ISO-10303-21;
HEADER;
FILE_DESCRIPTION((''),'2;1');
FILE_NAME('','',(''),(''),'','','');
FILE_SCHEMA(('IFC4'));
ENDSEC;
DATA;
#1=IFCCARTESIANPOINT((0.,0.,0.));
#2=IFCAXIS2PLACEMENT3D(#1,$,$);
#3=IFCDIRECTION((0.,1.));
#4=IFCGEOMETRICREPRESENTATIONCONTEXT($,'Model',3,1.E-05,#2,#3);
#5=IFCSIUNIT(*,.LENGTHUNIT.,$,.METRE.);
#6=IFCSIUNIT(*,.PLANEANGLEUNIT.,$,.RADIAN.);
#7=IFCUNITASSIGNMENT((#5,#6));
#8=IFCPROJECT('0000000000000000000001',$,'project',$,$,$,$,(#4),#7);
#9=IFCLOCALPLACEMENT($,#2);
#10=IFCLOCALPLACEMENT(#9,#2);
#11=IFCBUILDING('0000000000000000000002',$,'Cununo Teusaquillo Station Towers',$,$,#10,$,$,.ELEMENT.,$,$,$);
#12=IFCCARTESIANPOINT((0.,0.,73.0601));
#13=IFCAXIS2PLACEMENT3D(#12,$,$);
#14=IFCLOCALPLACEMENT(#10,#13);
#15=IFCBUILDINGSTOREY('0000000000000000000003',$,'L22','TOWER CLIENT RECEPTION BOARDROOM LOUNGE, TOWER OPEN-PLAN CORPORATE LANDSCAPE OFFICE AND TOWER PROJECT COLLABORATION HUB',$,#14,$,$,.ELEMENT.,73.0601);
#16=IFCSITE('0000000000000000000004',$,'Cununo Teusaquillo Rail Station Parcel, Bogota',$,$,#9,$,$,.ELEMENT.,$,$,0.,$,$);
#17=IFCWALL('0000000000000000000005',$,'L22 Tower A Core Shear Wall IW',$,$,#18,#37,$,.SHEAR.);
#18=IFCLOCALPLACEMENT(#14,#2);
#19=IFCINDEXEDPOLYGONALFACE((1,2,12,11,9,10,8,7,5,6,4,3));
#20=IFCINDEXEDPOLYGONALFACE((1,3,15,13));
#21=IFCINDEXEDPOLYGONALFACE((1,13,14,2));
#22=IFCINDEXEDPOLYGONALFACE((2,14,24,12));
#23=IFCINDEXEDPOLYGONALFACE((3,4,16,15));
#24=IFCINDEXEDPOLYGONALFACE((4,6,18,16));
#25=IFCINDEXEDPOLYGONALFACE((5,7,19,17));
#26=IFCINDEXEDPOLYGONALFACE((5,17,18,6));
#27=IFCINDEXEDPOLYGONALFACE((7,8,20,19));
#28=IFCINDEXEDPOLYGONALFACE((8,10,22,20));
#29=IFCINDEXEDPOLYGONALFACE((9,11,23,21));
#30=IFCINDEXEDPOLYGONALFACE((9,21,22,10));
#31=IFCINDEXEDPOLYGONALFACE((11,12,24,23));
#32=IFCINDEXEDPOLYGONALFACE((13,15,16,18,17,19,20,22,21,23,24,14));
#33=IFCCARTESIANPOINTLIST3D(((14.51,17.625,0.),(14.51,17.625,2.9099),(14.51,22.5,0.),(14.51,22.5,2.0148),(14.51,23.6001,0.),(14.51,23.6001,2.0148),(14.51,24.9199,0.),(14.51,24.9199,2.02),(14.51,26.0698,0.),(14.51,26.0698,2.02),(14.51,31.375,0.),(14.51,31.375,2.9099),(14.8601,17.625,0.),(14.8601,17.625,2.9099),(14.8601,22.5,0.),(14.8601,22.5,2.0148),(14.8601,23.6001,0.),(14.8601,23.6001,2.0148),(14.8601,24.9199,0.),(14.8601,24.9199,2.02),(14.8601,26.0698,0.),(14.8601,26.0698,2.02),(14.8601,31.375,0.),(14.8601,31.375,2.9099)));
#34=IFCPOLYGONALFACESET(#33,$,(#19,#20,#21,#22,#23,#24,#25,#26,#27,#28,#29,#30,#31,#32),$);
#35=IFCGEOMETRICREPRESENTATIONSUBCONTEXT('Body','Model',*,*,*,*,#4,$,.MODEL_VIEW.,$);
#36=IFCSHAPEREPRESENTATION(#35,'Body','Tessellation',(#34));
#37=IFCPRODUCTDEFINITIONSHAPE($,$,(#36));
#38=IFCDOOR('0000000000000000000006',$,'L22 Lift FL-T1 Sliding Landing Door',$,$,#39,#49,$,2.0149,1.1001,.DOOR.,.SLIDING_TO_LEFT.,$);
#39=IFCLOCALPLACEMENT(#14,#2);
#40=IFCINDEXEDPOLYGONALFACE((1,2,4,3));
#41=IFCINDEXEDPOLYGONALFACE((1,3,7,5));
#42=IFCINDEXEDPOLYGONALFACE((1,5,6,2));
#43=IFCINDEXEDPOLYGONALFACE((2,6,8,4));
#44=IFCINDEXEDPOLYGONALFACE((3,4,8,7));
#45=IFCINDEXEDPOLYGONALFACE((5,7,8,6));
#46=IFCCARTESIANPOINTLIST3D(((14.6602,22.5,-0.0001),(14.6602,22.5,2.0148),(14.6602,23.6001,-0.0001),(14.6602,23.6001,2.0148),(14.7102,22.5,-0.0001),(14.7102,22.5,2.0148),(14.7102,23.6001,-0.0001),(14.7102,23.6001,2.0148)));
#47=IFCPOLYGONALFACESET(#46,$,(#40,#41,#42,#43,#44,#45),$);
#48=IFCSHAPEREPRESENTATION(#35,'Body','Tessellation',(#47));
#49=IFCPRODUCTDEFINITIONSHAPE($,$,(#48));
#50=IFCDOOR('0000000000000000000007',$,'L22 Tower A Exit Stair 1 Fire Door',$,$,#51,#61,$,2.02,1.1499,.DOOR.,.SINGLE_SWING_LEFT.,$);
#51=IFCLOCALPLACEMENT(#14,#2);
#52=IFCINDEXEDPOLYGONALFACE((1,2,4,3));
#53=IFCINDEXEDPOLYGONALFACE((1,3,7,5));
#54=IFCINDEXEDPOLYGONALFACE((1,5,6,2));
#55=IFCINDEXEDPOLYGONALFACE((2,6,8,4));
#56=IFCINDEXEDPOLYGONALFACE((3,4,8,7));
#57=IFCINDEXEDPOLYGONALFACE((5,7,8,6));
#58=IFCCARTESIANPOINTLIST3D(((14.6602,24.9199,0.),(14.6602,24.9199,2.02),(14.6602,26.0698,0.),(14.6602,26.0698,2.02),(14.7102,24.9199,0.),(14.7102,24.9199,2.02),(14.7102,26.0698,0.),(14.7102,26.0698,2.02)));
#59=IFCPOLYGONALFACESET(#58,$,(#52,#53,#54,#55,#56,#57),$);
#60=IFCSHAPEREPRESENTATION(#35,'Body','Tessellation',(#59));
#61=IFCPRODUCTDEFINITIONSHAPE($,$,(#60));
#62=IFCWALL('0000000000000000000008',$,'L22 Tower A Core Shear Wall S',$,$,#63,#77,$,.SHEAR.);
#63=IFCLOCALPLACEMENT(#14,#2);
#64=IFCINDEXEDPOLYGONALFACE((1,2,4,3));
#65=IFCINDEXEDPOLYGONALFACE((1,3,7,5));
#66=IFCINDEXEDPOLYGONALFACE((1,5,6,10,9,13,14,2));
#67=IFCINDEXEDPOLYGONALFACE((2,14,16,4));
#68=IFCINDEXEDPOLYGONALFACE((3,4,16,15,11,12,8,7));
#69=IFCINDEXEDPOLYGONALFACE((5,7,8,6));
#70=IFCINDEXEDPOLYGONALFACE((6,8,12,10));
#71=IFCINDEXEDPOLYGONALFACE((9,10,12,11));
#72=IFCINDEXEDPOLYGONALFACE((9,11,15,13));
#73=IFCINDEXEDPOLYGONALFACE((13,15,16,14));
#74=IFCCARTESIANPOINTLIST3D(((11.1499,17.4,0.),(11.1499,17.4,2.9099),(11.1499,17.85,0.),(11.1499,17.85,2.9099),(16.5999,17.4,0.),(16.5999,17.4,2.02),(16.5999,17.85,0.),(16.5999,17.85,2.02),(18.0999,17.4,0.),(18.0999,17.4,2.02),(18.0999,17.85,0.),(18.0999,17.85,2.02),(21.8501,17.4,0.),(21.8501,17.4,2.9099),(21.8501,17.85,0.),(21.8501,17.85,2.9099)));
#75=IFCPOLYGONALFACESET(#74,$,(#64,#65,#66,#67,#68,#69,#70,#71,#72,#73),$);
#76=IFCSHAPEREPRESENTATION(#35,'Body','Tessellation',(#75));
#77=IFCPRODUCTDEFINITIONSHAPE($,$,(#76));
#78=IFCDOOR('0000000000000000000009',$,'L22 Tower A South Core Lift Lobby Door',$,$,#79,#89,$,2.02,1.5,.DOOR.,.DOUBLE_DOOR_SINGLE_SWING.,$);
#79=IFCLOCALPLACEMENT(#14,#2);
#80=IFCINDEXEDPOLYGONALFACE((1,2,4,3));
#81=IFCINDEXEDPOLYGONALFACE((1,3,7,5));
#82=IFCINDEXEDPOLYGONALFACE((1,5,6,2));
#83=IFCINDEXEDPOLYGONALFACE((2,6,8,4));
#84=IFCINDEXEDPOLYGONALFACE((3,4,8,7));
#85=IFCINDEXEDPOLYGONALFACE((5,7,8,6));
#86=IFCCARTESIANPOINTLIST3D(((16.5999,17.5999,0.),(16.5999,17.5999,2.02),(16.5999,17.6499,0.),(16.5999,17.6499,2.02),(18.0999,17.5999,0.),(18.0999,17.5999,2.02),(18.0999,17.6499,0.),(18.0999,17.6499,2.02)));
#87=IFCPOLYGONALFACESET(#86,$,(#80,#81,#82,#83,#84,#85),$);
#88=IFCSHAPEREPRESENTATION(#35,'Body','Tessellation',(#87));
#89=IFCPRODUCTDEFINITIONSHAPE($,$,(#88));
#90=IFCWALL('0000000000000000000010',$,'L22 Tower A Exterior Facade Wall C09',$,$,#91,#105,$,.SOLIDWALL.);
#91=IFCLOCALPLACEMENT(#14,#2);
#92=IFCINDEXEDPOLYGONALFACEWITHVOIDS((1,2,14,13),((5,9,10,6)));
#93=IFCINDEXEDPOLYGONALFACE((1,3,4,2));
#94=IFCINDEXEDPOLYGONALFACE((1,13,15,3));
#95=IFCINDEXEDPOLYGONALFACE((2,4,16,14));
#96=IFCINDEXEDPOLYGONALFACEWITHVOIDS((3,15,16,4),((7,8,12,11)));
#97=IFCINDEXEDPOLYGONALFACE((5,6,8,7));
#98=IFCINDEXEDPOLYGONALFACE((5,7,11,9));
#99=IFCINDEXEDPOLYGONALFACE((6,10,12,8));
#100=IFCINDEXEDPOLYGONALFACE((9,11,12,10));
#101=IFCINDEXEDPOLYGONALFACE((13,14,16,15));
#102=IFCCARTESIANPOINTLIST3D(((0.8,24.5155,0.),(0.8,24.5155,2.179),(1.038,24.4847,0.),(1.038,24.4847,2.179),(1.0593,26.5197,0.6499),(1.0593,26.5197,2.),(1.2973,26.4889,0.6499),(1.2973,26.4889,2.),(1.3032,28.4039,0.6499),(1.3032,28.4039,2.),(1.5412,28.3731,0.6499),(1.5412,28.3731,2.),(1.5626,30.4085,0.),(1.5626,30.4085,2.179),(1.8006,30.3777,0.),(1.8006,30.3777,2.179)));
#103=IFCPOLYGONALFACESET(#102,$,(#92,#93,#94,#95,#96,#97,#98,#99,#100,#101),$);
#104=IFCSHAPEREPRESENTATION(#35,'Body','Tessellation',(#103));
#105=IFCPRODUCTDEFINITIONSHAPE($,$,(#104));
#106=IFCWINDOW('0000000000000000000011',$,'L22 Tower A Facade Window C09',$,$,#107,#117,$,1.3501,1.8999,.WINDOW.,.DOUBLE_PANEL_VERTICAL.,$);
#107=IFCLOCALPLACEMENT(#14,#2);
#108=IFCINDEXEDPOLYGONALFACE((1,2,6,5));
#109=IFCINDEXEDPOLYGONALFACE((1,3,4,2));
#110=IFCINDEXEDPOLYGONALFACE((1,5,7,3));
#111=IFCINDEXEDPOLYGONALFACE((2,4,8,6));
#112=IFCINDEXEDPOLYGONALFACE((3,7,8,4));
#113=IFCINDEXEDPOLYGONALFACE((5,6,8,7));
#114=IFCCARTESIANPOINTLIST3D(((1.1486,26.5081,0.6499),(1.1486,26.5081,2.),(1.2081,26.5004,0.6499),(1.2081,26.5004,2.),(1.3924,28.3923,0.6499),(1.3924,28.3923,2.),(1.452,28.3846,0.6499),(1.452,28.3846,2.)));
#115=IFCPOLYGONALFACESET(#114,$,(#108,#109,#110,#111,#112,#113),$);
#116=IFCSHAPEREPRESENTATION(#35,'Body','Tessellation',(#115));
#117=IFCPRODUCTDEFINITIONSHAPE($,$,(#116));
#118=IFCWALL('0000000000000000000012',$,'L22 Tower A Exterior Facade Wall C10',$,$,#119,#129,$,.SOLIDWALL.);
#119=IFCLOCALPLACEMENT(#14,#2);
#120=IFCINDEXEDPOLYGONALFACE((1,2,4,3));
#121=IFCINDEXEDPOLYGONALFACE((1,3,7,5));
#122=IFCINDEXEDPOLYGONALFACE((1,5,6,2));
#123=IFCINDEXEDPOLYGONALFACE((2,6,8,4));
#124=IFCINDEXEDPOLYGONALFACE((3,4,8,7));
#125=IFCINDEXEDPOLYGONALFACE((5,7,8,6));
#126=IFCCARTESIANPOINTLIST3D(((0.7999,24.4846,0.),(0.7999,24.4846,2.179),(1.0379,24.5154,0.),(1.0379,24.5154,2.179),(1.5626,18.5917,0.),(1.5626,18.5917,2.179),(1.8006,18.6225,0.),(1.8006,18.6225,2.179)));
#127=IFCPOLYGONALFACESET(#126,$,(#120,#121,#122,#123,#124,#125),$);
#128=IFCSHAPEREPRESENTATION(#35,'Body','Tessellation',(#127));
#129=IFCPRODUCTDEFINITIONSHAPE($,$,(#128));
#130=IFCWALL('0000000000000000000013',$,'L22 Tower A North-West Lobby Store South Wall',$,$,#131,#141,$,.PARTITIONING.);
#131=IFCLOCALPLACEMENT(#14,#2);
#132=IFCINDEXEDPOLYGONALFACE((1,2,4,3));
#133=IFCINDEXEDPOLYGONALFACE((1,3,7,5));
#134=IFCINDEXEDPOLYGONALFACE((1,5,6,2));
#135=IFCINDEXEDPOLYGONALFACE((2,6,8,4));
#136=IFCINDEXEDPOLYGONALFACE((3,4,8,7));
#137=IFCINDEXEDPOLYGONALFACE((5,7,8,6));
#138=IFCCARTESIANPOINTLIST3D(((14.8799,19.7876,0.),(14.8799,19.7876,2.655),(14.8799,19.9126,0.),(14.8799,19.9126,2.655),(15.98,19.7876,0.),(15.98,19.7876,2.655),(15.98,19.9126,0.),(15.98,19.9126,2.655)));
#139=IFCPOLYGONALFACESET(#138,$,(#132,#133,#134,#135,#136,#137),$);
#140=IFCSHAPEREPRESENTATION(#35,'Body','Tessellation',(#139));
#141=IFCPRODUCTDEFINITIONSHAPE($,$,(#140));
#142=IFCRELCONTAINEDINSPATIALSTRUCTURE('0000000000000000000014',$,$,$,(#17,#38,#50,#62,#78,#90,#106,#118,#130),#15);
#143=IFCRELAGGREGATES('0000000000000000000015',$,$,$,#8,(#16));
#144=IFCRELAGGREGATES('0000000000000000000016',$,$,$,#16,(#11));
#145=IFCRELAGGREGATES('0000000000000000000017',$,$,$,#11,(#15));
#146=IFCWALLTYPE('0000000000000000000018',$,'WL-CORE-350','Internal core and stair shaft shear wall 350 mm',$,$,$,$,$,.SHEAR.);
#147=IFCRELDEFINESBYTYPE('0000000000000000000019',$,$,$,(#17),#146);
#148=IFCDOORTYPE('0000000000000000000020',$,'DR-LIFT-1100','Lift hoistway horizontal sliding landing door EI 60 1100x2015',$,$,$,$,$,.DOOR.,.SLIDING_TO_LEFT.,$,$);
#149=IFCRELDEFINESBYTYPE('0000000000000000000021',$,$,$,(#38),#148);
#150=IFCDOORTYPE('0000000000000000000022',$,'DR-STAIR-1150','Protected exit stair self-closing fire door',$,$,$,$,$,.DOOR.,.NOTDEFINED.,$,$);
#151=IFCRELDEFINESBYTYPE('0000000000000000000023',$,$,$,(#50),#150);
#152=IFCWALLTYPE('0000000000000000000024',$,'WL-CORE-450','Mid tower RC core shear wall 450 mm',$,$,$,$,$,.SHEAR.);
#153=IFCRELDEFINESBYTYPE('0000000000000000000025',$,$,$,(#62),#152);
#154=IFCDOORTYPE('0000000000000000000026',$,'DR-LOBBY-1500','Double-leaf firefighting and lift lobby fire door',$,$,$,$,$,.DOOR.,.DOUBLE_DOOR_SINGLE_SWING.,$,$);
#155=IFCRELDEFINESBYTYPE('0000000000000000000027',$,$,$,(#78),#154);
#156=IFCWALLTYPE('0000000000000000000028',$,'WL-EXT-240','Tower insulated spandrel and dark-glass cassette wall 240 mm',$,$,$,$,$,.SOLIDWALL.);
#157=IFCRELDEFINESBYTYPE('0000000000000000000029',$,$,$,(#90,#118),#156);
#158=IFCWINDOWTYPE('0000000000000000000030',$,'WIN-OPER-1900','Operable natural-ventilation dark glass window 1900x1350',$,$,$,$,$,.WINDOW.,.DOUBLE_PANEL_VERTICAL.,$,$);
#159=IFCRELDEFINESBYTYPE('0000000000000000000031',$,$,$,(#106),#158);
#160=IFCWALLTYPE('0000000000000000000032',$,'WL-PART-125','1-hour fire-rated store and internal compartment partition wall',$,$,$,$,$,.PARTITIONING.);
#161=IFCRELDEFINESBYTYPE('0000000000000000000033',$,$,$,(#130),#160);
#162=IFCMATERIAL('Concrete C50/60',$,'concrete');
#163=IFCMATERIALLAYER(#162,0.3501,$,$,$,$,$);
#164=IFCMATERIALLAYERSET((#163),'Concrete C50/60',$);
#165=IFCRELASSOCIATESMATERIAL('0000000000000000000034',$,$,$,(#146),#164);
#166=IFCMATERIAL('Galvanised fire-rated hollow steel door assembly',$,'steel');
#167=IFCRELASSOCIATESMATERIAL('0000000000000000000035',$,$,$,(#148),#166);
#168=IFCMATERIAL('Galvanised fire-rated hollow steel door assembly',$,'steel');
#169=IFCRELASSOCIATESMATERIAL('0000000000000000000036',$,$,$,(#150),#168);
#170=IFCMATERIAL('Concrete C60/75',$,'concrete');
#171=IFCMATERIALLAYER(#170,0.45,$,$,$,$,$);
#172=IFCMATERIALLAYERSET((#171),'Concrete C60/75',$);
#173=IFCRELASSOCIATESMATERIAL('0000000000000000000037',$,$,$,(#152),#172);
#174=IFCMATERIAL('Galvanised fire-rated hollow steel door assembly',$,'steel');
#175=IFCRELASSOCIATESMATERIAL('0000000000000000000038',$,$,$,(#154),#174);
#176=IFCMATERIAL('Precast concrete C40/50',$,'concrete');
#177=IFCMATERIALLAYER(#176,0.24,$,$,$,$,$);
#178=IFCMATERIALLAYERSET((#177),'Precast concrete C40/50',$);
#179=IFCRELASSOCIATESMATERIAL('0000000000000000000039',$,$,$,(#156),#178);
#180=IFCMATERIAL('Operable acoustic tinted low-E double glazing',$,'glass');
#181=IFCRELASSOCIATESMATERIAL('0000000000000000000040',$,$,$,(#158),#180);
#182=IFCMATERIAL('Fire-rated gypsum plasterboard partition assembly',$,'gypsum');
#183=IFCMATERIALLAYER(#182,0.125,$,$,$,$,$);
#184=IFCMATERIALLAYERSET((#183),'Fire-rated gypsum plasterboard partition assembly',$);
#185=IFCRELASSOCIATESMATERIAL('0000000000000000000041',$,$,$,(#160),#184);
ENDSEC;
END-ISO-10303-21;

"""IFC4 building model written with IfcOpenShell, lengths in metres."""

from ifc_helpers import new_model, si_unit, direction, frame, frame_2d, origin, place, context, subcontext, project, spatial, rectangle, extrude, source, transform, mapped, material, layer, layer_set, type_object, element, fill, save


model = new_model("IFC4")

# Units and contexts
model_context = context("Model", 3, precision=1e-05, world=origin(), true_north=direction((0.0, 1.0)))
body_context = subcontext(model_context, "Body", "Model", "MODEL_VIEW")
ifc_project = project(units=[si_unit("LENGTHUNIT", "METRE"), si_unit("PLANEANGLEUNIT", "RADIAN")], contexts=[model_context])

# Site, building, storey
site_placement = place(None, origin())
site = spatial("IfcSite", under=ifc_project, at=site_placement, Name="Cununo Teusaquillo Rail Station Parcel, Bogota", CompositionType="ELEMENT", RefElevation=0.0)
building_placement = place(site_placement, origin())
building = spatial("IfcBuilding", under=site, at=building_placement, Name="Cununo Teusaquillo Station Towers", CompositionType="ELEMENT")
storey_placement = place(building_placement, frame((0.0, 0.0, 73.0601)))
storey = spatial("IfcBuildingStorey", under=building, at=storey_placement, Name="L22", Description="TOWER CLIENT RECEPTION BOARDROOM LOUNGE, TOWER OPEN-PLAN CORPORATE LANDSCAPE OFFICE AND TOWER PROJECT COLLABORATION HUB", CompositionType="ELEMENT", Elevation=73.0601)

# Wall, openings, doors
ifc_material_1 = material(Name="Concrete C50/60", Category="concrete")
ifc_layer_1 = layer(ifc_material_1, 0.3501)
ifc_layer_set_1 = layer_set([ifc_layer_1], Name="Concrete C50/60")
wall_type_1 = type_object("IfcWallType", Name="WL-CORE-350", Description="Internal core and stair shaft shear wall 350 mm", PredefinedType="SHEAR", material=ifc_layer_set_1)
wall_1_placement = place(storey_placement, frame((14.6851, 17.625, 0.0), z_axis=(0.0, 0.0, 1.0), x_axis=(0.0, 1.0, 0.0)))
wall_1 = element("IfcWall", 1, at=wall_1_placement, inside=storey, type_object=wall_type_1, Name="L22 Tower A Core Shear Wall IW", PredefinedType="SHEAR", context=body_context, shape_type="SweptSolid", body=[
    extrude(rectangle(XDim=13.75, YDim=0.3501, at=frame_2d((6.875, 0.0))), origin(), (0.0, 0.0, 1.0), 2.9099),
])
shared_shape_1 = source(origin(), body_context, "Body", "SweptSolid", [
    extrude(rectangle(XDim=1.1001, YDim=2.0149, at=frame_2d((0.55, 1.0073))), frame((0.0, 0.1851, 0.0), z_axis=(0.0, -1.0, 0.0), x_axis=(1.0, 0.0, 0.0)), (0.0, 0.0, 1.0), 0.3701),
])
opening_1_placement = place(wall_1_placement, frame((4.875, 0.0, 0.0)))
opening_1 = element("IfcOpeningElement", 2, at=opening_1_placement, cuts=wall_1, PredefinedType="OPENING", context=body_context, shape_type="MappedRepresentation", body=[
    mapped(shared_shape_1, transform((0.0, 0.0, 0.0), x_axis=(1.0, 0.0, 0.0), y_axis=(0.0, 1.0, 0.0), z_axis=(0.0, 0.0, 1.0), scale=1.0)),
])
shared_shape_2 = source(origin(), body_context, "Body", "SweptSolid", [
    extrude(rectangle(XDim=1.1499, YDim=2.02, at=frame_2d((0.575, 1.01))), frame((0.0, 0.1851, 0.0), z_axis=(0.0, -1.0, 0.0), x_axis=(1.0, 0.0, 0.0)), (0.0, 0.0, 1.0), 0.3701),
])
opening_2_placement = place(wall_1_placement, frame((7.2949, 0.0, 0.0)))
opening_2 = element("IfcOpeningElement", 3, at=opening_2_placement, cuts=wall_1, PredefinedType="OPENING", context=body_context, shape_type="MappedRepresentation", body=[
    mapped(shared_shape_2, transform((0.0, 0.0, 0.0), x_axis=(1.0, 0.0, 0.0), y_axis=(0.0, 1.0, 0.0), z_axis=(0.0, 0.0, 1.0), scale=1.0)),
])
ifc_material_2 = material(Name="Galvanised fire-rated hollow steel door assembly", Category="steel")
door_type_1 = type_object("IfcDoorType", Name="DR-LIFT-1100", Description="Lift hoistway horizontal sliding landing door EI 60 1100x2015", OperationType="SLIDING_TO_LEFT", PredefinedType="DOOR", material=ifc_material_2)
shared_shape_3 = source(origin(), body_context, "Body", "SweptSolid", [
    extrude(rectangle(XDim=1.1001, YDim=2.0149, at=frame_2d((0.55, 1.0073))), frame((0.0, 0.0249, 0.0), z_axis=(0.0, -1.0, 0.0), x_axis=(1.0, 0.0, 0.0)), (0.0, 0.0, 1.0), 0.05),
])
door_1_placement = place(opening_1_placement, origin())
door_1 = element("IfcDoor", 4, at=door_1_placement, inside=storey, type_object=door_type_1, Name="L22 Lift FL-T1 Sliding Landing Door", OperationType="SLIDING_TO_LEFT", OverallHeight=2.0149, OverallWidth=1.1001, PredefinedType="DOOR", context=body_context, shape_type="MappedRepresentation", body=[
    mapped(shared_shape_3, transform((0.0, 0.0, 0.0), x_axis=(1.0, 0.0, 0.0), y_axis=(0.0, 1.0, 0.0), z_axis=(0.0, 0.0, 1.0), scale=1.0)),
])
fill(opening_1, door_1)
ifc_material_3 = material(Name="Galvanised fire-rated hollow steel door assembly", Category="steel")
door_type_2 = type_object("IfcDoorType", Name="DR-STAIR-1150", Description="Protected exit stair self-closing fire door", OperationType="NOTDEFINED", PredefinedType="DOOR", material=ifc_material_3)
shared_shape_4 = source(origin(), body_context, "Body", "SweptSolid", [
    extrude(rectangle(XDim=1.1499, YDim=2.02, at=frame_2d((0.575, 1.01))), frame((0.0, 0.0249, 0.0), z_axis=(0.0, -1.0, 0.0), x_axis=(1.0, 0.0, 0.0)), (0.0, 0.0, 1.0), 0.05),
])
door_2_placement = place(opening_2_placement, origin())
door_2 = element("IfcDoor", 5, at=door_2_placement, inside=storey, type_object=door_type_2, Name="L22 Tower A Exit Stair 1 Fire Door", OperationType="SINGLE_SWING_LEFT", OverallHeight=2.02, OverallWidth=1.1499, PredefinedType="DOOR", context=body_context, shape_type="MappedRepresentation", body=[
    mapped(shared_shape_4, transform((0.0, 0.0, 0.0), x_axis=(1.0, 0.0, 0.0), y_axis=(0.0, 1.0, 0.0), z_axis=(0.0, 0.0, 1.0), scale=1.0)),
])
fill(opening_2, door_2)

# Wall, opening, door
ifc_material_4 = material(Name="Concrete C60/75", Category="concrete")
ifc_layer_2 = layer(ifc_material_4, 0.45)
ifc_layer_set_2 = layer_set([ifc_layer_2], Name="Concrete C60/75")
wall_type_2 = type_object("IfcWallType", Name="WL-CORE-450", Description="Mid tower RC core shear wall 450 mm", PredefinedType="SHEAR", material=ifc_layer_set_2)
wall_2_placement = place(storey_placement, frame((11.1499, 17.625, 0.0), z_axis=(0.0, 0.0, 1.0), x_axis=(1.0, 0.0, 0.0)))
wall_2 = element("IfcWall", 6, at=wall_2_placement, inside=storey, type_object=wall_type_2, Name="L22 Tower A Core Shear Wall S", PredefinedType="SHEAR", context=body_context, shape_type="SweptSolid", body=[
    extrude(rectangle(XDim=10.7002, YDim=0.45, at=frame_2d((5.3501, 0.0))), origin(), (0.0, 0.0, 1.0), 2.9099),
])
shared_shape_5 = source(origin(), body_context, "Body", "SweptSolid", [
    extrude(rectangle(XDim=1.5, YDim=2.02, at=frame_2d((0.75, 1.01))), frame((0.0, 0.2349, 0.0), z_axis=(0.0, -1.0, 0.0), x_axis=(1.0, 0.0, 0.0)), (0.0, 0.0, 1.0), 0.47),
])
opening_3_placement = place(wall_2_placement, frame((5.45, 0.0, 0.0)))
opening_3 = element("IfcOpeningElement", 7, at=opening_3_placement, cuts=wall_2, PredefinedType="OPENING", context=body_context, shape_type="MappedRepresentation", body=[
    mapped(shared_shape_5, transform((0.0, 0.0, 0.0), x_axis=(1.0, 0.0, 0.0), y_axis=(0.0, 1.0, 0.0), z_axis=(0.0, 0.0, 1.0), scale=1.0)),
])
ifc_material_5 = material(Name="Galvanised fire-rated hollow steel door assembly", Category="steel")
door_type_3 = type_object("IfcDoorType", Name="DR-LOBBY-1500", Description="Double-leaf firefighting and lift lobby fire door", OperationType="DOUBLE_DOOR_SINGLE_SWING", PredefinedType="DOOR", material=ifc_material_5)
shared_shape_6 = source(origin(), body_context, "Body", "SweptSolid", [
    extrude(rectangle(XDim=1.5, YDim=2.02, at=frame_2d((0.75, 1.01))), frame((0.0, 0.0249, 0.0), z_axis=(0.0, -1.0, 0.0), x_axis=(1.0, 0.0, 0.0)), (0.0, 0.0, 1.0), 0.05),
])
door_3_placement = place(opening_3_placement, origin())
door_3 = element("IfcDoor", 8, at=door_3_placement, inside=storey, type_object=door_type_3, Name="L22 Tower A South Core Lift Lobby Door", OperationType="DOUBLE_DOOR_SINGLE_SWING", OverallHeight=2.02, OverallWidth=1.5, PredefinedType="DOOR", context=body_context, shape_type="MappedRepresentation", body=[
    mapped(shared_shape_6, transform((0.0, 0.0, 0.0), x_axis=(1.0, 0.0, 0.0), y_axis=(0.0, 1.0, 0.0), z_axis=(0.0, 0.0, 1.0), scale=1.0)),
])
fill(opening_3, door_3)

# Wall, opening, window
ifc_material_6 = material(Name="Precast concrete C40/50", Category="concrete")
ifc_layer_3 = layer(ifc_material_6, 0.24)
ifc_layer_set_3 = layer_set([ifc_layer_3], Name="Precast concrete C40/50")
wall_type_3 = type_object("IfcWallType", Name="WL-EXT-240", Description="Tower insulated spandrel and dark-glass cassette wall 240 mm", PredefinedType="SOLIDWALL", material=ifc_layer_set_3)
wall_3_placement = place(storey_placement, frame((0.9189, 24.5, 0.0), z_axis=(0.0, 0.0, 1.0), x_axis=(0.128352, 0.991729, 0.0)))
wall_3 = element("IfcWall", 9, at=wall_3_placement, inside=storey, type_object=wall_type_3, Name="L22 Tower A Exterior Facade Wall C09", PredefinedType="SOLIDWALL", context=body_context, shape_type="SweptSolid", body=[
    extrude(rectangle(XDim=5.9421, YDim=0.24, at=frame_2d((2.9712, 0.0))), origin(), (0.0, 0.0, 1.0), 2.179),
])
shared_shape_7 = source(origin(), body_context, "Body", "SweptSolid", [
    extrude(rectangle(XDim=1.8999, YDim=1.3501, at=frame_2d((0.95, 0.675))), frame((0.0, 0.1299, 0.0), z_axis=(0.0, -1.0, 0.0), x_axis=(1.0, 0.0, 0.0)), (0.0, 0.0, 1.0), 0.26),
])
opening_4_placement = place(wall_3_placement, frame((2.021, 0.0, 0.6499)))
opening_4 = element("IfcOpeningElement", 10, at=opening_4_placement, cuts=wall_3, PredefinedType="OPENING", context=body_context, shape_type="MappedRepresentation", body=[
    mapped(shared_shape_7, transform((0.0, 0.0, 0.0), x_axis=(1.0, 0.0, 0.0), y_axis=(0.0, 1.0, 0.0), z_axis=(0.0, 0.0, 1.0), scale=1.0)),
])
ifc_material_7 = material(Name="Operable acoustic tinted low-E double glazing", Category="glass")
window_type = type_object("IfcWindowType", Name="WIN-OPER-1900", Description="Operable natural-ventilation dark glass window 1900x1350", PartitioningType="DOUBLE_PANEL_VERTICAL", PredefinedType="WINDOW", material=ifc_material_7)
shared_shape_8 = source(origin(), body_context, "Body", "SweptSolid", [
    extrude(rectangle(XDim=1.8999, YDim=1.3501, at=frame_2d((0.95, 0.675))), frame((0.0, 0.03, 0.0), z_axis=(0.0, -1.0, 0.0), x_axis=(1.0, 0.0, 0.0)), (0.0, 0.0, 1.0), 0.0601),
])
window_placement = place(opening_4_placement, origin())
window = element("IfcWindow", 11, at=window_placement, inside=storey, type_object=window_type, Name="L22 Tower A Facade Window C09", OverallHeight=1.3501, OverallWidth=1.8999, PartitioningType="DOUBLE_PANEL_VERTICAL", PredefinedType="WINDOW", context=body_context, shape_type="MappedRepresentation", body=[
    mapped(shared_shape_8, transform((0.0, 0.0, 0.0), x_axis=(1.0, 0.0, 0.0), y_axis=(0.0, 1.0, 0.0), z_axis=(0.0, 0.0, 1.0), scale=1.0)),
])
fill(opening_4, window)

# Walls
wall_4_placement = place(storey_placement, frame((1.6816, 18.6069, 0.0), z_axis=(0.0, 0.0, 1.0), x_axis=(-0.128352, 0.991729, 0.0)))
element("IfcWall", 12, at=wall_4_placement, inside=storey, type_object=wall_type_3, Name="L22 Tower A Exterior Facade Wall C10", PredefinedType="SOLIDWALL", context=body_context, shape_type="SweptSolid", body=[
    extrude(rectangle(XDim=5.9421, YDim=0.24, at=frame_2d((2.9712, 0.0))), origin(), (0.0, 0.0, 1.0), 2.179),
])
ifc_material_8 = material(Name="Fire-rated gypsum plasterboard partition assembly", Category="gypsum")
ifc_layer_4 = layer(ifc_material_8, 0.125)
ifc_layer_set_4 = layer_set([ifc_layer_4], Name="Fire-rated gypsum plasterboard partition assembly")
wall_type_4 = type_object("IfcWallType", Name="WL-PART-125", Description="1-hour fire-rated store and internal compartment partition wall", PredefinedType="PARTITIONING", material=ifc_layer_set_4)
wall_5_placement = place(storey_placement, frame((14.8799, 19.8501, 0.0), z_axis=(0.0, 0.0, 1.0), x_axis=(1.0, 0.0, 0.0)))
element("IfcWall", 13, at=wall_5_placement, inside=storey, type_object=wall_type_4, Name="L22 Tower A North-West Lobby Store South Wall", PredefinedType="PARTITIONING", context=body_context, shape_type="SweptSolid", body=[
    extrude(rectangle(XDim=1.1001, YDim=0.125, at=frame_2d((0.55, 0.0))), origin(), (0.0, 0.0, 1.0), 2.655),
])

save(model, "model.ifc")
